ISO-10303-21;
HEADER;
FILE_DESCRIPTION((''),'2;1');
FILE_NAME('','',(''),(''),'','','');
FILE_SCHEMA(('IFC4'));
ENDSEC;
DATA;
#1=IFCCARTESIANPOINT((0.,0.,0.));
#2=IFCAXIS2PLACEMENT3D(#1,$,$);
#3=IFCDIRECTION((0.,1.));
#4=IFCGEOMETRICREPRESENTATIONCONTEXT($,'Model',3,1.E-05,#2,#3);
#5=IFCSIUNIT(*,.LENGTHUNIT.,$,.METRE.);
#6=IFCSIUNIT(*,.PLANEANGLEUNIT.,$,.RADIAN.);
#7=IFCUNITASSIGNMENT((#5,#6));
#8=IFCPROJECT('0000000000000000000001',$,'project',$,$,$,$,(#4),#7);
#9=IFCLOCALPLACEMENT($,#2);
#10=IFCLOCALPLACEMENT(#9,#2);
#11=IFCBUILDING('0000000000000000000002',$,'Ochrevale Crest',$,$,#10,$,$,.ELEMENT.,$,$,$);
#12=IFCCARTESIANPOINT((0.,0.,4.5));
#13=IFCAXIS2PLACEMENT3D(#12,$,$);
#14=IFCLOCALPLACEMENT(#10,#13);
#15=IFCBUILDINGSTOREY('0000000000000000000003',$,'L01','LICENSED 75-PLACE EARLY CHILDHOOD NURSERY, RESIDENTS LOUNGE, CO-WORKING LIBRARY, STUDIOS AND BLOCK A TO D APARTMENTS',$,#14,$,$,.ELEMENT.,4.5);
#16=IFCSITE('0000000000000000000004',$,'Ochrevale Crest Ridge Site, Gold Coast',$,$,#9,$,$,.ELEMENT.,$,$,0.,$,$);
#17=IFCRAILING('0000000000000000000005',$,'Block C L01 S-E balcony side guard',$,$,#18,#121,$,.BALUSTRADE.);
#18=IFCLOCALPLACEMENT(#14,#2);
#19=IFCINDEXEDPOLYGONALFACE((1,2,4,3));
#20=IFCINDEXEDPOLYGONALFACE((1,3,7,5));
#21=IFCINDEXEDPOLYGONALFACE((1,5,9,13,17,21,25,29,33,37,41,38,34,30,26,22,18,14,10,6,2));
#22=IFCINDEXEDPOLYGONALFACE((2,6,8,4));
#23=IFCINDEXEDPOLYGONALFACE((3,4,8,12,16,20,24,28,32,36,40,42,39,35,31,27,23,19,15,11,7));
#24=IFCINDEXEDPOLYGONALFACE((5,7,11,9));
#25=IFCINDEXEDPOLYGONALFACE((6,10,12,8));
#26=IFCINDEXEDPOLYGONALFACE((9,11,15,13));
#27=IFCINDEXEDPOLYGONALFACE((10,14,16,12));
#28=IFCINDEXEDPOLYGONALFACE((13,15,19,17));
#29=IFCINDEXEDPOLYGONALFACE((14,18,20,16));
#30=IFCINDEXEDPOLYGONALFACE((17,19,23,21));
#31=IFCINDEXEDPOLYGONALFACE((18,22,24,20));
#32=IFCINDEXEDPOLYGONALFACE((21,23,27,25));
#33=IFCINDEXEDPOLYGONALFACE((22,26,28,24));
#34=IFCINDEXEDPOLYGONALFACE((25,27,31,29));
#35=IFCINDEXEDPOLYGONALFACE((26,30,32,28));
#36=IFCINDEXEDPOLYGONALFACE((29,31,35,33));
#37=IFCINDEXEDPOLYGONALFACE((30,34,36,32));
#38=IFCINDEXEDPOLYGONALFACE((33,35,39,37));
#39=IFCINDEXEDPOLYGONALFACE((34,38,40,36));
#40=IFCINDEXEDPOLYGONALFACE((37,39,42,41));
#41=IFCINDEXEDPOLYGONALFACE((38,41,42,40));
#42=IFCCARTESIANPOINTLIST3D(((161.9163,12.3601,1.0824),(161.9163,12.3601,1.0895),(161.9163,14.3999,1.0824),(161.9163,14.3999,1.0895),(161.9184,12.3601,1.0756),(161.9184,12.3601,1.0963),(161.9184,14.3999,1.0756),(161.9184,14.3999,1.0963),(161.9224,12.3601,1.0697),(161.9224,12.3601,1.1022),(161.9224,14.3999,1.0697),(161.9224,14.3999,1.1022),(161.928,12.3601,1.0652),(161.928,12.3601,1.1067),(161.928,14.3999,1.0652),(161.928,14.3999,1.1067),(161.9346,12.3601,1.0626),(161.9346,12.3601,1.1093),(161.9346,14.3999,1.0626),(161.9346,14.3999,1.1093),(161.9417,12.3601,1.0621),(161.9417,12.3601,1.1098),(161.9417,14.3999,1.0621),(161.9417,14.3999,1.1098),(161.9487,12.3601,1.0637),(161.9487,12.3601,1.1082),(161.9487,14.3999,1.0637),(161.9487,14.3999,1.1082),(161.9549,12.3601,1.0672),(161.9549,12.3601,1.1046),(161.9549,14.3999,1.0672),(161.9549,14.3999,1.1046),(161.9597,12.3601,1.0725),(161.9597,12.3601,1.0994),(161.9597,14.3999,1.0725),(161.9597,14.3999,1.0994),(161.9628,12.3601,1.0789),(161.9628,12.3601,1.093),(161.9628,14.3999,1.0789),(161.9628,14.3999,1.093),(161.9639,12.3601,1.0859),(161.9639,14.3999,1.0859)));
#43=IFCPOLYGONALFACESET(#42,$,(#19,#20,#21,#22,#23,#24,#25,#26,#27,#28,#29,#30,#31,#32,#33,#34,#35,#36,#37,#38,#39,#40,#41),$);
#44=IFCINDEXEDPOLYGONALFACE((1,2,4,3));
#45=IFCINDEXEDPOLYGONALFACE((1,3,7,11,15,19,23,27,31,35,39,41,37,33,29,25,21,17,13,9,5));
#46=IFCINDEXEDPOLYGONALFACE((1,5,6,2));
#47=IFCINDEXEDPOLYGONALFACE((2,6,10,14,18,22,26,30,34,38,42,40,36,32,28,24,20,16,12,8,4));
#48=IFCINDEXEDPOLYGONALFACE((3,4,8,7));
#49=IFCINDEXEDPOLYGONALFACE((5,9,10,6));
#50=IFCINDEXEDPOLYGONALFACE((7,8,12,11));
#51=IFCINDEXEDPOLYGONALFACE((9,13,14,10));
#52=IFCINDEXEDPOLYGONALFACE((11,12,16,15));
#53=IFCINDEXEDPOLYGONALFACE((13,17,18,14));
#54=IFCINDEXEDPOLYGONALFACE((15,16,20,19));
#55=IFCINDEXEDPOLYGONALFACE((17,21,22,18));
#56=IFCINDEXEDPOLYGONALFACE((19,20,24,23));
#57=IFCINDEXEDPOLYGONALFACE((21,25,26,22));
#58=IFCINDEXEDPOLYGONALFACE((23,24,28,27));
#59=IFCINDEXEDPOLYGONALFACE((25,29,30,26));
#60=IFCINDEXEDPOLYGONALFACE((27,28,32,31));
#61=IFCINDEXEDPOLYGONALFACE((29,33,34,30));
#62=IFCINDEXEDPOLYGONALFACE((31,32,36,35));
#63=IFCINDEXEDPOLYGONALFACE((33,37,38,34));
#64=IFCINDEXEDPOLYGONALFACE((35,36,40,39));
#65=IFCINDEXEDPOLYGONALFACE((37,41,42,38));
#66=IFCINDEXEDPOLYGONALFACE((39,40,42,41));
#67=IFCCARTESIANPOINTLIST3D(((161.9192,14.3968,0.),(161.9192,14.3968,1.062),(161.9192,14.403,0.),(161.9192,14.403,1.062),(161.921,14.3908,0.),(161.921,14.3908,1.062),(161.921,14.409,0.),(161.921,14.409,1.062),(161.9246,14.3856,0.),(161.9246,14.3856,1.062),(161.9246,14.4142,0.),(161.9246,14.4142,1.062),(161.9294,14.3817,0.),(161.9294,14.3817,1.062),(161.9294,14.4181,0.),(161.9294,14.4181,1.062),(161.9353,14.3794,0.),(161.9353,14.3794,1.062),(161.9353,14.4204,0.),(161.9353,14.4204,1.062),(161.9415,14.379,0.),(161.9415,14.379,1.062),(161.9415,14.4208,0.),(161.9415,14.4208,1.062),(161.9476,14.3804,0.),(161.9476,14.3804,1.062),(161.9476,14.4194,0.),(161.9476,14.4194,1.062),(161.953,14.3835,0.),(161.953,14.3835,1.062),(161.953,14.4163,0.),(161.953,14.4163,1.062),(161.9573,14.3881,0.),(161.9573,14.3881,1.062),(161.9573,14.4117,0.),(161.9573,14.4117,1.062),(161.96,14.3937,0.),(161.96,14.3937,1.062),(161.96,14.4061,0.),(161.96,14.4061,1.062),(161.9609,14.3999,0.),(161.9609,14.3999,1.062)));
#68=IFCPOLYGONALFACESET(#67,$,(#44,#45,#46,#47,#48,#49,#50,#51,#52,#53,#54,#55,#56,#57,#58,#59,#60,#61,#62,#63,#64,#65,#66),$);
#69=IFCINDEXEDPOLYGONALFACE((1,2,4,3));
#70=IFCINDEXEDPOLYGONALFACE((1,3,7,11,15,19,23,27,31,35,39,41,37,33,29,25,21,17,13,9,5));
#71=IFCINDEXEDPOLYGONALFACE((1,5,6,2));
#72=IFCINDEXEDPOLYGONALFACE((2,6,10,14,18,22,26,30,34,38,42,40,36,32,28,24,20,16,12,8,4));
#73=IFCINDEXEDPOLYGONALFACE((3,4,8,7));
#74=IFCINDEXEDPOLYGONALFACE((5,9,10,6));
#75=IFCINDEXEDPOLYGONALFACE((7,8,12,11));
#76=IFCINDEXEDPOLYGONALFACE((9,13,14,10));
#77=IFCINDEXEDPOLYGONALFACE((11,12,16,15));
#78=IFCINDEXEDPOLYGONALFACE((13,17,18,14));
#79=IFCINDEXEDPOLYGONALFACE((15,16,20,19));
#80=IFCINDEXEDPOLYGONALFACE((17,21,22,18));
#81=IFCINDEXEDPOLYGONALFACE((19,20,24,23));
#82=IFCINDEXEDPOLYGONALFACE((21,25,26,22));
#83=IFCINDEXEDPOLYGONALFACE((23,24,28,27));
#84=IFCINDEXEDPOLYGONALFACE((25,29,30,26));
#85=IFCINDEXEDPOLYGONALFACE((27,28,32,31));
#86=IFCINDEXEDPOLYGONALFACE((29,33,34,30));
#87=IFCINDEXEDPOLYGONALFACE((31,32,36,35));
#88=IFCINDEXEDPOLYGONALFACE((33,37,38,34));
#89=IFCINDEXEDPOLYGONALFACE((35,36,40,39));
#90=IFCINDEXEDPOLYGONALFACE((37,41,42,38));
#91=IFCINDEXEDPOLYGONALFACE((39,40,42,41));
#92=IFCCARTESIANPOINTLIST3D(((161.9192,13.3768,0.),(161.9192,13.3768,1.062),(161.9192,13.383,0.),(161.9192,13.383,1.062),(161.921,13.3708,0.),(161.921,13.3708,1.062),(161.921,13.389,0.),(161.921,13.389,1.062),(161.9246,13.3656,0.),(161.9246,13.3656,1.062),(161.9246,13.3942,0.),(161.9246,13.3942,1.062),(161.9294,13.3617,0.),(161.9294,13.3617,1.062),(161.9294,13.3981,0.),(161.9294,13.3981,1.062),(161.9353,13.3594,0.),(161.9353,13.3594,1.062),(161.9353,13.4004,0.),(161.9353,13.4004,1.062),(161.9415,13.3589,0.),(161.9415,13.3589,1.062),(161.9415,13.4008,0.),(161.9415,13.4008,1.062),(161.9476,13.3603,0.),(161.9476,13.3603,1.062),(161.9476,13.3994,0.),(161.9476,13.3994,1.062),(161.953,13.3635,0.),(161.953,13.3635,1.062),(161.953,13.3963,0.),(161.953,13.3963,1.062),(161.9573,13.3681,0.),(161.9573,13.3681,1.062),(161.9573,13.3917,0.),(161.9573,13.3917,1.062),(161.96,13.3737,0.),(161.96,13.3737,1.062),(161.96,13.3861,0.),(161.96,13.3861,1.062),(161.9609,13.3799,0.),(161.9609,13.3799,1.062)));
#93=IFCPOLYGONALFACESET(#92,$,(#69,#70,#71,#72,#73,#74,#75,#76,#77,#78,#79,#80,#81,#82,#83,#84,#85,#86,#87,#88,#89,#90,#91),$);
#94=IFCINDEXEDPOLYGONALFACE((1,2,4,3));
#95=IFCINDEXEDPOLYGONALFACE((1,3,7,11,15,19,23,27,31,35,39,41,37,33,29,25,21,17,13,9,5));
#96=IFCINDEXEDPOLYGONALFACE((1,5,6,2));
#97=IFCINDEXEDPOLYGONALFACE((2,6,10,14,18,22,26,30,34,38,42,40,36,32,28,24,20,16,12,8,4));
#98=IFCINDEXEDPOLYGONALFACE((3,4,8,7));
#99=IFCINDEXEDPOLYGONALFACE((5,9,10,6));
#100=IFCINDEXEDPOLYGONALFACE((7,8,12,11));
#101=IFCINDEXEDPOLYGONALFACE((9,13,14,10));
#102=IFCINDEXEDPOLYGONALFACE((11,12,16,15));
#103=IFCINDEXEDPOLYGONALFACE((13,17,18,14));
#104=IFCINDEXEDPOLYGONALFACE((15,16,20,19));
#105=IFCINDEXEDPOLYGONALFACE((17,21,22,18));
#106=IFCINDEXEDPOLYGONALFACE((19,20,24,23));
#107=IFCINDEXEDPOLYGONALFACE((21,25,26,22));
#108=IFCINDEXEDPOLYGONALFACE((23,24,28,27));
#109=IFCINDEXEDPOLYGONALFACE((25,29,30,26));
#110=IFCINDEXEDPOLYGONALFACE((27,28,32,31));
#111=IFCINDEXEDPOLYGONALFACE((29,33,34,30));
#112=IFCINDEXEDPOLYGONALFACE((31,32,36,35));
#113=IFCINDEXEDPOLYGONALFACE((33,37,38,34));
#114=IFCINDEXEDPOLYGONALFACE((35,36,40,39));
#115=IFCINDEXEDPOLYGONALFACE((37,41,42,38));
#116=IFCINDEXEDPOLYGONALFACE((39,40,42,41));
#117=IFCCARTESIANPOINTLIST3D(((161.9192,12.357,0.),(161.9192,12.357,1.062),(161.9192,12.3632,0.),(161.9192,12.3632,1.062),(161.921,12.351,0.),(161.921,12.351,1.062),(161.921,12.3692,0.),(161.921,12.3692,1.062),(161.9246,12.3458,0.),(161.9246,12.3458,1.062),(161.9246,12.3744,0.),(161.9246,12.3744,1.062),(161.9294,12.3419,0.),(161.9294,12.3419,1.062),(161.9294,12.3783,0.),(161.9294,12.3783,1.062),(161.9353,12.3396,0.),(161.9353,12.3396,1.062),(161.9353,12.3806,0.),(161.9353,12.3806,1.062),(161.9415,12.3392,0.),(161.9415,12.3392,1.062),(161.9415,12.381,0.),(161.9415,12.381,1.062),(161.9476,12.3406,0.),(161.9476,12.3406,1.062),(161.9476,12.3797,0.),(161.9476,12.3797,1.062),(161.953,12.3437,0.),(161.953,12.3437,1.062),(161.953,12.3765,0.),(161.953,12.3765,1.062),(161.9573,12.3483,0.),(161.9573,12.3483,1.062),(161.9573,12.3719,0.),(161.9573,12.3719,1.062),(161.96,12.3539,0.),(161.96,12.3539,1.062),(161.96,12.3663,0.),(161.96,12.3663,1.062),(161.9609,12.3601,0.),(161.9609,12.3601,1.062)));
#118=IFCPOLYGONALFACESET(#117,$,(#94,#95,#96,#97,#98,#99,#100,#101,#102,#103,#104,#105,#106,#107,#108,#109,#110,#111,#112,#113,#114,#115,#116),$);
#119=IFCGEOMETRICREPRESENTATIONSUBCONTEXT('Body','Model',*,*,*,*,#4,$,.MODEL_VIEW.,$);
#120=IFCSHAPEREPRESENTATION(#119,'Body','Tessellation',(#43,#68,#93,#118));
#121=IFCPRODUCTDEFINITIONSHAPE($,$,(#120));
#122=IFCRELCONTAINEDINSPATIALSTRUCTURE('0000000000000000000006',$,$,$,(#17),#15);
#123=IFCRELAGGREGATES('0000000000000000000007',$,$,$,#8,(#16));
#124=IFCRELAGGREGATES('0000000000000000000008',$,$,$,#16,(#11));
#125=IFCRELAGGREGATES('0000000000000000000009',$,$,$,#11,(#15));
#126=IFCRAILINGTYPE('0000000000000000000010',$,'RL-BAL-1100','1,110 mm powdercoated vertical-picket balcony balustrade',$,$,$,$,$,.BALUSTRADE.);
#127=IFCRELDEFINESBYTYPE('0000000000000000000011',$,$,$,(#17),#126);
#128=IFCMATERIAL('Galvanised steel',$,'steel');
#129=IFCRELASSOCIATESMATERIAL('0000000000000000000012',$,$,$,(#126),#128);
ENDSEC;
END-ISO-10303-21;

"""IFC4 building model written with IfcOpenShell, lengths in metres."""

from ifc_helpers import new_model, si_unit, direction, frame, origin, origin_2d, place, context, subcontext, project, spatial, circle, extrude, material, type_object, element, save


model = new_model("IFC4")

# Units and contexts
model_context = context("Model", 3, precision=1e-05, world=origin(), true_north=direction((0.0, 1.0)))
body_context = subcontext(model_context, "Body", "Model", "MODEL_VIEW")
ifc_project = project(units=[si_unit("LENGTHUNIT", "METRE"), si_unit("PLANEANGLEUNIT", "RADIAN")], contexts=[model_context])

# Site, building, storey
site_placement = place(None, origin())
site = spatial("IfcSite", under=ifc_project, at=site_placement, Name="Ochrevale Crest Ridge Site, Gold Coast", CompositionType="ELEMENT", RefElevation=0.0)
building_placement = place(site_placement, origin())
building = spatial("IfcBuilding", under=site, at=building_placement, Name="Ochrevale Crest", CompositionType="ELEMENT")
storey_placement = place(building_placement, frame((0.0, 0.0, 4.5)))
storey = spatial("IfcBuildingStorey", under=building, at=storey_placement, Name="L01", Description="LICENSED 75-PLACE EARLY CHILDHOOD NURSERY, RESIDENTS LOUNGE, CO-WORKING LIBRARY, STUDIOS AND BLOCK A TO D APARTMENTS", CompositionType="ELEMENT", Elevation=4.5)

# Railing
ifc_material_1 = material(Name="Galvanised steel", Category="steel")
railing_type = type_object("IfcRailingType", Name="RL-BAL-1100", Description="1,110 mm powdercoated vertical-picket balcony balustrade", PredefinedType="BALUSTRADE", material=ifc_material_1)
railing_placement = place(storey_placement, frame((161.9399, 14.3999, 0.0)))
element("IfcRailing", 1, at=railing_placement, inside=storey, type_object=railing_type, Name="Block C L01 S-E balcony side guard", PredefinedType="BALUSTRADE", context=body_context, shape_type="SweptSolid", body=[
    extrude(circle(Radius=0.0239, at=origin_2d()), frame((0.0, 0.0, 1.0859), z_axis=(0.0, -1.0, 0.0), x_axis=(1.0, 0.0, 0.0)), (0.0, 0.0, 1.0), 2.0398),
    extrude(circle(Radius=0.021, at=origin_2d()), origin(), (0.0, 0.0, 1.0), 1.062),
    extrude(circle(Radius=0.021, at=origin_2d()), frame((0.0, -1.02, 0.0)), (0.0, 0.0, 1.0), 1.062),
    extrude(circle(Radius=0.021, at=origin_2d()), frame((0.0, -2.0398, 0.0)), (0.0, 0.0, 1.0), 1.062),
])

save(model, "model.ifc")
